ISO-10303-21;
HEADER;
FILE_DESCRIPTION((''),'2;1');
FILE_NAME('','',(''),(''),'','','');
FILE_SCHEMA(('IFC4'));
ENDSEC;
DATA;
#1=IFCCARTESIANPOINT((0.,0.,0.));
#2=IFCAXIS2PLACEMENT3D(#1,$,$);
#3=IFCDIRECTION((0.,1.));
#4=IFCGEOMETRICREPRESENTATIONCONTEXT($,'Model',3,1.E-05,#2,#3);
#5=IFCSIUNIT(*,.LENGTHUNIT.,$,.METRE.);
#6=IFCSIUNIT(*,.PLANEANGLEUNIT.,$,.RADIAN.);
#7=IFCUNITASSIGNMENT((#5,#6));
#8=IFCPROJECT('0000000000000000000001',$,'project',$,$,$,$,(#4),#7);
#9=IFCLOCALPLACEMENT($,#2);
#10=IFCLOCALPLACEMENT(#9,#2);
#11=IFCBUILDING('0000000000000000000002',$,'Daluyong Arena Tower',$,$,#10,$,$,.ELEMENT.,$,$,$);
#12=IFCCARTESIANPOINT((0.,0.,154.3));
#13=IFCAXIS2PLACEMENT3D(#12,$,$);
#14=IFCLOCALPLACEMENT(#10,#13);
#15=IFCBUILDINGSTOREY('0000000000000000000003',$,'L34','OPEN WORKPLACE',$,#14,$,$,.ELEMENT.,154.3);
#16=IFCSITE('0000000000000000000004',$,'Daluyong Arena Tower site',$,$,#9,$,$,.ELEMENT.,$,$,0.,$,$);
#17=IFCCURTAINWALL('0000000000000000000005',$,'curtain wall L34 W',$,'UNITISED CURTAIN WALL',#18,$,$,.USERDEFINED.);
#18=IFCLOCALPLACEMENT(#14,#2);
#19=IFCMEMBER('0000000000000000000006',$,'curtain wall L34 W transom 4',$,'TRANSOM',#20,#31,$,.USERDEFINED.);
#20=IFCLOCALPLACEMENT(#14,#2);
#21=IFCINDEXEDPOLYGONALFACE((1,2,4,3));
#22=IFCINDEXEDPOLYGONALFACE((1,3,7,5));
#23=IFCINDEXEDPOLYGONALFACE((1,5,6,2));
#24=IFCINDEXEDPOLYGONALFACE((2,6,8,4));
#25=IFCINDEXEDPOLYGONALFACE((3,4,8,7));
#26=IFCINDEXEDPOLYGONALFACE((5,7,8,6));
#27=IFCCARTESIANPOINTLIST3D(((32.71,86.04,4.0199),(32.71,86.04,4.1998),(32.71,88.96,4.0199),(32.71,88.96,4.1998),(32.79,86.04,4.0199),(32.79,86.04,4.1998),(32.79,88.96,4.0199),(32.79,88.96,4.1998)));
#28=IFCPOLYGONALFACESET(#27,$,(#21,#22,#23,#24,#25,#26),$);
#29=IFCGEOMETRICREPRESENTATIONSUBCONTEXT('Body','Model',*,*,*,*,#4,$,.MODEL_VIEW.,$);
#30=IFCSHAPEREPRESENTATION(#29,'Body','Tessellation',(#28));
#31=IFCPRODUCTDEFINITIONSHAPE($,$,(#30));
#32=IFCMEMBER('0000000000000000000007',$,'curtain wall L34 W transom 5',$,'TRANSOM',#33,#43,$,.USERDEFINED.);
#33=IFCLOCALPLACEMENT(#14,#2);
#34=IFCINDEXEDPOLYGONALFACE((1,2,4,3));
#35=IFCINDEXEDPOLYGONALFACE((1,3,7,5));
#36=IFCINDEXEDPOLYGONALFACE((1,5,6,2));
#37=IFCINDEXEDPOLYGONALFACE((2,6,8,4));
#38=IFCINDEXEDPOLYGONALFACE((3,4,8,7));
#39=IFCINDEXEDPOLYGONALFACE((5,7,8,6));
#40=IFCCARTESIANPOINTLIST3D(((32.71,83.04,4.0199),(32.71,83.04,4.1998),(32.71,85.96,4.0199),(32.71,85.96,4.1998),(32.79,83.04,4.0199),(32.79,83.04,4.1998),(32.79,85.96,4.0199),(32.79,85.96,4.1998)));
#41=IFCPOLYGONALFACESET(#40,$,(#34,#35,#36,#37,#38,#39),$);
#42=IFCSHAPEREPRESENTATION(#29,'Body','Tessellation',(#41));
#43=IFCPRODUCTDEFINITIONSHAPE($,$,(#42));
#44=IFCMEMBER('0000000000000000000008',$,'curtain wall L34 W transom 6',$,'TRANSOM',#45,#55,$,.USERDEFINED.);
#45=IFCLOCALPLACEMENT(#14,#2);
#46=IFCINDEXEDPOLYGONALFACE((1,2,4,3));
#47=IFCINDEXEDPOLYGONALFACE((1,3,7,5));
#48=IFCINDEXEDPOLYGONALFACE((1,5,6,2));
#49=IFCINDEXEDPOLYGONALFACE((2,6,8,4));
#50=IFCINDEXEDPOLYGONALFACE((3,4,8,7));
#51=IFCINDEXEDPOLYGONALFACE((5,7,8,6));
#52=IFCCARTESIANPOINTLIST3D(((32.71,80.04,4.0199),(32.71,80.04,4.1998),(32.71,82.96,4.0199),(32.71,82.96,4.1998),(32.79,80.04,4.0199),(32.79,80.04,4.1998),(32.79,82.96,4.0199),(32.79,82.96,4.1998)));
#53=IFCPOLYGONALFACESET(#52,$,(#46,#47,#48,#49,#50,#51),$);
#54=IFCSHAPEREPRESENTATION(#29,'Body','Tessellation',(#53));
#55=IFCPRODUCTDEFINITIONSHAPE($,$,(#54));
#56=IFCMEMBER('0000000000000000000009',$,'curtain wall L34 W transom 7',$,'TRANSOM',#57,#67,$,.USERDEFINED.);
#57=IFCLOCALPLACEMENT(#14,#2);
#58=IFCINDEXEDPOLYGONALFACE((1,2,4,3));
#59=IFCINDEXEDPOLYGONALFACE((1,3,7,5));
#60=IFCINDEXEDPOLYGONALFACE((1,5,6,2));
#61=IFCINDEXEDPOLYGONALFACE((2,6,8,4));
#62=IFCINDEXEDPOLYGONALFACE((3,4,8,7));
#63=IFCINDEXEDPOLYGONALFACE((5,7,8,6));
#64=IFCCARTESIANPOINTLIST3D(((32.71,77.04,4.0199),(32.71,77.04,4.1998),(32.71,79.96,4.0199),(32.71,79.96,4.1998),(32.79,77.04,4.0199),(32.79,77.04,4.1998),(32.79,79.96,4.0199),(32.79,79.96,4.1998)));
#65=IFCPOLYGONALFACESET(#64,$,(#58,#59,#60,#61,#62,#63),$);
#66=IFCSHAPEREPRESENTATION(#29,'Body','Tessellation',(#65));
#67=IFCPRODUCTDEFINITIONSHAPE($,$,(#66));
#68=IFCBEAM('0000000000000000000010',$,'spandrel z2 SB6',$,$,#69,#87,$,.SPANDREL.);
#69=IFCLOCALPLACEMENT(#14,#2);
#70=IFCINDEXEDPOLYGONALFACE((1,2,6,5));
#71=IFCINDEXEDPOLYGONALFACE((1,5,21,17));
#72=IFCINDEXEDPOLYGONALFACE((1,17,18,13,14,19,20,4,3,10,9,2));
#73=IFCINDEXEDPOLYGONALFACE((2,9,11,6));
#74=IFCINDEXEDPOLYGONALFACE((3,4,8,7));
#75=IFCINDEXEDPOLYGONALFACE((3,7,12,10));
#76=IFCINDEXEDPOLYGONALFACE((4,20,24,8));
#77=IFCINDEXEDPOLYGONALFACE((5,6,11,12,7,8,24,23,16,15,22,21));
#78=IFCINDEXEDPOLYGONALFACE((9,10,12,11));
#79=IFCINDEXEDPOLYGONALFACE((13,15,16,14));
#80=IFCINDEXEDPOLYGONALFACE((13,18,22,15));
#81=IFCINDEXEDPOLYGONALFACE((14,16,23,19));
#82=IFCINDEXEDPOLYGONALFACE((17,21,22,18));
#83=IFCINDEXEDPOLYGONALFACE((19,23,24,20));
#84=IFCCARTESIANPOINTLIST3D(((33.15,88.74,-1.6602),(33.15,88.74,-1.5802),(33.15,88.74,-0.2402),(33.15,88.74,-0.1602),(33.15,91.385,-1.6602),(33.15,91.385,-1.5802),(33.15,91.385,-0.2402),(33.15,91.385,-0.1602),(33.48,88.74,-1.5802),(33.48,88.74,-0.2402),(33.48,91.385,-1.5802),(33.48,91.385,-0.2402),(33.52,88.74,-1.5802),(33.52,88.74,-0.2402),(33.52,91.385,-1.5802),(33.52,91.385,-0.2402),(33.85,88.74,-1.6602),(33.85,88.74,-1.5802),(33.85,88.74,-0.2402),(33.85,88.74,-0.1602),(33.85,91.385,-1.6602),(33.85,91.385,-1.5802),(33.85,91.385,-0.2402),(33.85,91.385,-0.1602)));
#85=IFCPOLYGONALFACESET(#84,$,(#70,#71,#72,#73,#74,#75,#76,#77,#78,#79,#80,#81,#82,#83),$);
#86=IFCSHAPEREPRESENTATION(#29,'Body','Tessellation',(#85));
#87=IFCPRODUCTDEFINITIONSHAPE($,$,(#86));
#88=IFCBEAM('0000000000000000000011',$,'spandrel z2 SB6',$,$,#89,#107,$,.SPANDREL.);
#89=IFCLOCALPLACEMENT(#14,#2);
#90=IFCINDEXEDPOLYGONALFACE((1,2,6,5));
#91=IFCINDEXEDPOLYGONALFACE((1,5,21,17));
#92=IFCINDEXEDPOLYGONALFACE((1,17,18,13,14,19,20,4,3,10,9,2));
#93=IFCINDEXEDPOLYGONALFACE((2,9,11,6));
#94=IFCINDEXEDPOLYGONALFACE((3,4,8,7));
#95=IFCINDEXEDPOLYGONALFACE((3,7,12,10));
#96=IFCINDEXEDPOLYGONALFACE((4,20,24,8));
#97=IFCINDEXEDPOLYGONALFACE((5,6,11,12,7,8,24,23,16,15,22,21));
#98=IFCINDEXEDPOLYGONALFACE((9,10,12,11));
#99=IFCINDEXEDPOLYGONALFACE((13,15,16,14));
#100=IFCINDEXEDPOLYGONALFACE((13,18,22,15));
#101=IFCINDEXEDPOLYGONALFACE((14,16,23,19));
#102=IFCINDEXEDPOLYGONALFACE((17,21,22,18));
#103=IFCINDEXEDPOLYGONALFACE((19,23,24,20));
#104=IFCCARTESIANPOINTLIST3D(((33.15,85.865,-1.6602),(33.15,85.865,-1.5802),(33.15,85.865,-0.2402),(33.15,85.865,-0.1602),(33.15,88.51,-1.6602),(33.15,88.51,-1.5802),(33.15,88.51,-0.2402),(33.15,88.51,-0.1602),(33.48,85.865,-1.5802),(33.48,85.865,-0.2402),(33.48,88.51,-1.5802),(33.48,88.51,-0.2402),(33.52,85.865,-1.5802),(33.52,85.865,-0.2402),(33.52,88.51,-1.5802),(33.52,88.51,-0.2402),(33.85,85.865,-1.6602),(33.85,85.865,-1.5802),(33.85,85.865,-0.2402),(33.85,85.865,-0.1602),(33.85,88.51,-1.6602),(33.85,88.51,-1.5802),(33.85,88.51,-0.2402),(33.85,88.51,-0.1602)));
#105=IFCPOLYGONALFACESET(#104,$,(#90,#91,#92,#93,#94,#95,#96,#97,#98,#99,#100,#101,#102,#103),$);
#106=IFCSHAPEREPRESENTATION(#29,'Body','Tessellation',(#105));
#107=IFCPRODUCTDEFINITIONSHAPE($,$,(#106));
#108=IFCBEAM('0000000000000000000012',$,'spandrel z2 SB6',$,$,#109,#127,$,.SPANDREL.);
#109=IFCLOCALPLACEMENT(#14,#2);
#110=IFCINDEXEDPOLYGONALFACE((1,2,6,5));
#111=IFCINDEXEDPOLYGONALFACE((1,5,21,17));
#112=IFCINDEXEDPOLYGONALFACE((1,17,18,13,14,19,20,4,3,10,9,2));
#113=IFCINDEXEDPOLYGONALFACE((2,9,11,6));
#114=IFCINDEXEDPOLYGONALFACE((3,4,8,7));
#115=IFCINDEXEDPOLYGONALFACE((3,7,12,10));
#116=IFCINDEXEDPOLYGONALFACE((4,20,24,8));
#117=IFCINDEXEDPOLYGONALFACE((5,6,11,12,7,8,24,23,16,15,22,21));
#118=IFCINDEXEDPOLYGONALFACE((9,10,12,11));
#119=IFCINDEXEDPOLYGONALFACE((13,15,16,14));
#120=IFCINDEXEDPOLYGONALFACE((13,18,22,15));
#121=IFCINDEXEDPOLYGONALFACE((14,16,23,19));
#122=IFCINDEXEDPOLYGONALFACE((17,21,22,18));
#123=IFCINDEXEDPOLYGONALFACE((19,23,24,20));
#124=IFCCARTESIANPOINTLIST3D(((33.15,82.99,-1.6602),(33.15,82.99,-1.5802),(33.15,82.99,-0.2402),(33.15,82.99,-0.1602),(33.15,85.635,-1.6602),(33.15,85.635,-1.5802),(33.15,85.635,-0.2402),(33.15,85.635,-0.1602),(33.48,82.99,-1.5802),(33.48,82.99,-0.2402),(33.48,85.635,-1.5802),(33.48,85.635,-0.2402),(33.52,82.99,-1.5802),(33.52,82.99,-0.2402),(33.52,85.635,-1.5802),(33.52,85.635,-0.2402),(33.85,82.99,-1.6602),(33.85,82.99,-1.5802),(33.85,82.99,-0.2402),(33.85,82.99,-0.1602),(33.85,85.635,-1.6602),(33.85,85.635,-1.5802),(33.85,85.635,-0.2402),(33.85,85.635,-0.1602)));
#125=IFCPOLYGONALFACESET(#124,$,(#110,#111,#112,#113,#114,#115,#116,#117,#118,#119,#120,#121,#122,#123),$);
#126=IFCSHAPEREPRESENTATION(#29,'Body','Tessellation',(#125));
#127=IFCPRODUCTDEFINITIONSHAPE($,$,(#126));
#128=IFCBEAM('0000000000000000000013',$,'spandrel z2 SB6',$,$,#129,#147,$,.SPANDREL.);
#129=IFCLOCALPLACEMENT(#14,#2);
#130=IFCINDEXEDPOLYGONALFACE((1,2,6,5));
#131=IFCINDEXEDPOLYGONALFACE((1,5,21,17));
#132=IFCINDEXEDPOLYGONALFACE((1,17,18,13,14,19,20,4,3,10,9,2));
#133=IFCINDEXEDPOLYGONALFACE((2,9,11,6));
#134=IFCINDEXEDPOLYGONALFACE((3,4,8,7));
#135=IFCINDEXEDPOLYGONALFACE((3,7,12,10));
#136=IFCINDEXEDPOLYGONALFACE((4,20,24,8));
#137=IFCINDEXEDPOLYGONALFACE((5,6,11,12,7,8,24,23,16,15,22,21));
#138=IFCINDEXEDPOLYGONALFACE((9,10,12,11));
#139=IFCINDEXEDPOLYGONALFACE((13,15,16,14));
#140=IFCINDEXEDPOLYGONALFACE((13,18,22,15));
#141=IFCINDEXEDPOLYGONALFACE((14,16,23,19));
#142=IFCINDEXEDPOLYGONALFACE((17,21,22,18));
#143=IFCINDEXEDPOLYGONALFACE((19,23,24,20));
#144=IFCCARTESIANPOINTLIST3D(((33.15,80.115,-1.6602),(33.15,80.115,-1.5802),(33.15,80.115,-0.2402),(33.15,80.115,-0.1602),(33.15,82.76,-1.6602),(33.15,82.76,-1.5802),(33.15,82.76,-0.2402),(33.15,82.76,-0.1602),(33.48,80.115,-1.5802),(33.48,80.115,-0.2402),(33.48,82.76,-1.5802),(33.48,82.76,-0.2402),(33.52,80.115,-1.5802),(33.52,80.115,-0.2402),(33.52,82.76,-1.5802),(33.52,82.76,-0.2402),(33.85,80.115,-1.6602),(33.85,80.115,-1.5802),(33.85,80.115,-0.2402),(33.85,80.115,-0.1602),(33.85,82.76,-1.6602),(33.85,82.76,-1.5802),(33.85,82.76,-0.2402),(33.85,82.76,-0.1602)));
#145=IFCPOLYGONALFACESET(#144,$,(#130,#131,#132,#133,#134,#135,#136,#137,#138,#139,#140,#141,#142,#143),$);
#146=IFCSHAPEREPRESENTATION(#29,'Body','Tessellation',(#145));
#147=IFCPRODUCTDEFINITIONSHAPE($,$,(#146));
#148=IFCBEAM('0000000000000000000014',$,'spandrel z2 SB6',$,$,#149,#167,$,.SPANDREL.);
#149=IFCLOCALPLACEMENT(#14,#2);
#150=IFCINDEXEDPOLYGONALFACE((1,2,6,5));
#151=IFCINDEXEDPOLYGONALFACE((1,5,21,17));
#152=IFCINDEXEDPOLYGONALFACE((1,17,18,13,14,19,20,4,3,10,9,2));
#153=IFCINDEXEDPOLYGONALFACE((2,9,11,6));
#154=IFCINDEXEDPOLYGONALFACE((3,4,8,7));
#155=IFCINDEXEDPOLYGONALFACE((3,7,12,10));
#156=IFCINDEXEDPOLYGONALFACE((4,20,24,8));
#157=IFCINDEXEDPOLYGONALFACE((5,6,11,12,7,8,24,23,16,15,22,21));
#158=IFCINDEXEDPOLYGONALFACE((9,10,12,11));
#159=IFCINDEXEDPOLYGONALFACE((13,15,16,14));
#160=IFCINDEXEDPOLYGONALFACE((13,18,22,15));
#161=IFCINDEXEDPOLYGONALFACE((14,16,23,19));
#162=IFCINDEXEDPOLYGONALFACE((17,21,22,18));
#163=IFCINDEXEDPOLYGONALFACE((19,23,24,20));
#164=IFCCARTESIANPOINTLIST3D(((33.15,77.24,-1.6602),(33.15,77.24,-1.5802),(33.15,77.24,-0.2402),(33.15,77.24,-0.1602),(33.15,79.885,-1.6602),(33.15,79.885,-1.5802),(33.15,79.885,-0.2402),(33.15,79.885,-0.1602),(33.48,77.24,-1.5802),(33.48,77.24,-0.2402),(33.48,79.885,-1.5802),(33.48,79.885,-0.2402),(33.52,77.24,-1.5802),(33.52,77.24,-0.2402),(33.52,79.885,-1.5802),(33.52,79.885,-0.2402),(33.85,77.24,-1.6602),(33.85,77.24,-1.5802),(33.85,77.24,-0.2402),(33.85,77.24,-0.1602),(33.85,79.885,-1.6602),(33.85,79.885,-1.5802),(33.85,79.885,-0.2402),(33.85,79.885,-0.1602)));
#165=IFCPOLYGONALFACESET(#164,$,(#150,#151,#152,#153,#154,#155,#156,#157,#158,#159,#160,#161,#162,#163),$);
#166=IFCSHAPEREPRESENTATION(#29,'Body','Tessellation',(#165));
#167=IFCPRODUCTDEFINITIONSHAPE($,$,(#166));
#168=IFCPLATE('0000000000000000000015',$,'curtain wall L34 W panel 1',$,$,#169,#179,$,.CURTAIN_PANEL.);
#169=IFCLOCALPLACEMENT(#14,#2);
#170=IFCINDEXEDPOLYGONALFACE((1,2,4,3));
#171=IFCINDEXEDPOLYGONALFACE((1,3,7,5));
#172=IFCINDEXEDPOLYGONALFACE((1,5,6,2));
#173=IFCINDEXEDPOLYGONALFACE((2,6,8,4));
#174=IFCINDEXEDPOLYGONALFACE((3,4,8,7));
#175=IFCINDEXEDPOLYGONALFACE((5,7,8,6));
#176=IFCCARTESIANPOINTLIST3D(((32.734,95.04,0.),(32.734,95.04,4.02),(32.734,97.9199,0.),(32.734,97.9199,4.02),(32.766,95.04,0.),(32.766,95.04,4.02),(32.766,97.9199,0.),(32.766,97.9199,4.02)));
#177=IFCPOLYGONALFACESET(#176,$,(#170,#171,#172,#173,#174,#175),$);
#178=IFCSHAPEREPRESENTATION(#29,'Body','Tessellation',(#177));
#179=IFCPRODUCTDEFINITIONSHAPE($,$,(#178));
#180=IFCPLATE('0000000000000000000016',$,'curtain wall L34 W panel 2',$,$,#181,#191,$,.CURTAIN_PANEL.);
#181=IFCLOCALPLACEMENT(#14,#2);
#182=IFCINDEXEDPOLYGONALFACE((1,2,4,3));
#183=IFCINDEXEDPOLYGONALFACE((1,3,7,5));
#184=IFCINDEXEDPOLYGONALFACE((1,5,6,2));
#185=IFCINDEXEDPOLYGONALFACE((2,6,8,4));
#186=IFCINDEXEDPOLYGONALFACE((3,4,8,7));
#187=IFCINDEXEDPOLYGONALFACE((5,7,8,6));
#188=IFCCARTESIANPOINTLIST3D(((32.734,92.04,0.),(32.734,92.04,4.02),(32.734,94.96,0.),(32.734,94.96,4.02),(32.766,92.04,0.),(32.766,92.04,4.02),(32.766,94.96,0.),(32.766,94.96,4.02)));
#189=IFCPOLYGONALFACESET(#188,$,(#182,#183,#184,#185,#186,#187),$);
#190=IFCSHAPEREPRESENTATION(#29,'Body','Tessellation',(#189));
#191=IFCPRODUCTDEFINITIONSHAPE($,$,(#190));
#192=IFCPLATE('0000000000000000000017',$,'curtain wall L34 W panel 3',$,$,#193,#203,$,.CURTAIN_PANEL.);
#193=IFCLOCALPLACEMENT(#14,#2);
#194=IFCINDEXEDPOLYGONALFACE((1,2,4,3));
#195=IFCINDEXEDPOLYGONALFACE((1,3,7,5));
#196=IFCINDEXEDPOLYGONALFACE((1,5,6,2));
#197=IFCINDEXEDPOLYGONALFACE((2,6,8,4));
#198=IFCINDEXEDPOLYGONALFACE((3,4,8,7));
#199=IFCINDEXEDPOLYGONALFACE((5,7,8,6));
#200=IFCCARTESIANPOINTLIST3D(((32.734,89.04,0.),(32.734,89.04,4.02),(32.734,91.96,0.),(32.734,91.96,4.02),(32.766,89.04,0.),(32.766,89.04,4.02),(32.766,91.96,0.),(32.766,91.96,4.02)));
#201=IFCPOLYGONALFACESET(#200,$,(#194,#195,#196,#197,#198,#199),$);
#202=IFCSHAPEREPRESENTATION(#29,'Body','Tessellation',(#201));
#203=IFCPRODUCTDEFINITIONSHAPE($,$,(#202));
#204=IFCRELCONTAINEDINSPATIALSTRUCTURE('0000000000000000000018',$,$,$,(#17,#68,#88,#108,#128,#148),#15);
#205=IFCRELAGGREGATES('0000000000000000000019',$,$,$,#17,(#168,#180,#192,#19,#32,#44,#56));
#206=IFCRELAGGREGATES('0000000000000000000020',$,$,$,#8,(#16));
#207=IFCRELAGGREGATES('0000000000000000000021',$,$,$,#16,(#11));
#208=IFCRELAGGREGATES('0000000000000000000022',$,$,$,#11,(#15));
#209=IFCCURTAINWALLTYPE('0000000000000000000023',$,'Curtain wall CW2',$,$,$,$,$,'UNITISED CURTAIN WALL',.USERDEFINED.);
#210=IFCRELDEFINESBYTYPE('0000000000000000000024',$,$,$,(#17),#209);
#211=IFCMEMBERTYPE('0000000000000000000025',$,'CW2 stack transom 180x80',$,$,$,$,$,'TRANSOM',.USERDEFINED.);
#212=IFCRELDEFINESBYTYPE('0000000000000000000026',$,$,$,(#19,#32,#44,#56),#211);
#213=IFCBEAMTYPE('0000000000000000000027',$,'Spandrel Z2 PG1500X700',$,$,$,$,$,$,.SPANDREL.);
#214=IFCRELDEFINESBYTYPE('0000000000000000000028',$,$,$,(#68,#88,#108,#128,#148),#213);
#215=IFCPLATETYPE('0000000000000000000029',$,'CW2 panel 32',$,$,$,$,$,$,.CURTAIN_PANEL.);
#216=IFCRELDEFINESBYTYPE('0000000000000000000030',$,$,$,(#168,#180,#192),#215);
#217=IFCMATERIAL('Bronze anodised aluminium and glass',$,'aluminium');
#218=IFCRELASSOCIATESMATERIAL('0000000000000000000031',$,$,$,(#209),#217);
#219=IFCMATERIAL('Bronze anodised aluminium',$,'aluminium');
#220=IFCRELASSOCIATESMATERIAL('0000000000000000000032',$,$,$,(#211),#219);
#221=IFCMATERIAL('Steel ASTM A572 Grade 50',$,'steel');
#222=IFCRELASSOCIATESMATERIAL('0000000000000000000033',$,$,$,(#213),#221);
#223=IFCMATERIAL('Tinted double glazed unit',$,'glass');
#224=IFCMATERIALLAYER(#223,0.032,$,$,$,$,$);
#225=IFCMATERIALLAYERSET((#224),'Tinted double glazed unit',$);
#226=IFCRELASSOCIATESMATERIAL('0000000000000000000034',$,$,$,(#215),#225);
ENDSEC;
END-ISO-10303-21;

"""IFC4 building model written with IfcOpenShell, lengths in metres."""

from ifc_helpers import new_model, si_unit, direction, frame, origin, origin_2d, place, context, subcontext, project, spatial, rectangle, i_section, extrude, material, layer, layer_set, material_profile, profile_set, type_object, element, aggregate, save


model = new_model("IFC4")

# Units and contexts
model_context = context("Model", 3, precision=1e-05, world=origin(), true_north=direction((0.0, 1.0)))
body_context = subcontext(model_context, "Body", "Model", "MODEL_VIEW")
ifc_project = project(units=[si_unit("LENGTHUNIT", "METRE"), si_unit("PLANEANGLEUNIT", "RADIAN")], contexts=[model_context])

# Site, building, storey
site_placement = place(None, origin())
site = spatial("IfcSite", under=ifc_project, at=site_placement, Name="Daluyong Arena Tower site", CompositionType="ELEMENT", RefElevation=0.0)
building_placement = place(site_placement, origin())
building = spatial("IfcBuilding", under=site, at=building_placement, Name="Daluyong Arena Tower", CompositionType="ELEMENT")
storey_placement = place(building_placement, frame((0.0, 0.0, 154.3)))
storey = spatial("IfcBuildingStorey", under=building, at=storey_placement, Name="L34", Description="OPEN WORKPLACE", CompositionType="ELEMENT", Elevation=154.3)

# Curtain wall, members
ifc_material_1 = material(Name="Bronze anodised aluminium and glass", Category="aluminium")
curtain_wall_type = type_object("IfcCurtainWallType", Name="Curtain wall CW2", ElementType="UNITISED CURTAIN WALL", PredefinedType="USERDEFINED", material=ifc_material_1)
curtain_wall_placement = place(storey_placement, origin())
curtain_wall = element("IfcCurtainWall", 1, at=curtain_wall_placement, inside=storey, type_object=curtain_wall_type, Name="curtain wall L34 W", ObjectType="UNITISED CURTAIN WALL", PredefinedType="USERDEFINED")
ifc_material_2 = material(Name="Bronze anodised aluminium", Category="aluminium")
ifc_material_profile_1 = material_profile(ifc_material_2, rectangle(XDim=0.0801, YDim=0.1799, at=origin_2d()))
ifc_profile_set_1 = profile_set([ifc_material_profile_1], Name="Bronze anodised aluminium")
member_type_1 = type_object("IfcMemberType", Name="CW2 stack transom 180x80", ElementType="TRANSOM", PredefinedType="USERDEFINED", material=ifc_profile_set_1)
member_1_placement = place(storey_placement, frame((32.75, 88.96, 4.1099), z_axis=(0.0, -1.0, 0.0), x_axis=(1.0, 0.0, 0.0)))
member_1 = element("IfcMember", 2, at=member_1_placement, type_object=member_type_1, Name="curtain wall L34 W transom 4", ObjectType="TRANSOM", PredefinedType="USERDEFINED", context=body_context, shape_type="SweptSolid", body=[
    extrude(rectangle(XDim=0.0801, YDim=0.1799, at=origin_2d()), origin(), (0.0, 0.0, 1.0), 2.9199),
])
member_2_placement = place(storey_placement, frame((32.75, 85.96, 4.1099), z_axis=(0.0, -1.0, 0.0), x_axis=(1.0, 0.0, 0.0)))
member_2 = element("IfcMember", 3, at=member_2_placement, type_object=member_type_1, Name="curtain wall L34 W transom 5", ObjectType="TRANSOM", PredefinedType="USERDEFINED", context=body_context, shape_type="SweptSolid", body=[
    extrude(rectangle(XDim=0.0801, YDim=0.1799, at=origin_2d()), origin(), (0.0, 0.0, 1.0), 2.9199),
])
member_3_placement = place(storey_placement, frame((32.75, 82.96, 4.1099), z_axis=(0.0, -1.0, 0.0), x_axis=(1.0, 0.0, 0.0)))
member_3 = element("IfcMember", 4, at=member_3_placement, type_object=member_type_1, Name="curtain wall L34 W transom 6", ObjectType="TRANSOM", PredefinedType="USERDEFINED", context=body_context, shape_type="SweptSolid", body=[
    extrude(rectangle(XDim=0.0801, YDim=0.1799, at=origin_2d()), origin(), (0.0, 0.0, 1.0), 2.9199),
])
member_4_placement = place(storey_placement, frame((32.75, 79.96, 4.1099), z_axis=(0.0, -1.0, 0.0), x_axis=(1.0, 0.0, 0.0)))
member_4 = element("IfcMember", 5, at=member_4_placement, type_object=member_type_1, Name="curtain wall L34 W transom 7", ObjectType="TRANSOM", PredefinedType="USERDEFINED", context=body_context, shape_type="SweptSolid", body=[
    extrude(rectangle(XDim=0.0801, YDim=0.1799, at=origin_2d()), origin(), (0.0, 0.0, 1.0), 2.9199),
])

# Beams
ifc_material_3 = material(Name="Steel ASTM A572 Grade 50", Category="steel")
ifc_material_profile_2 = material_profile(ifc_material_3, i_section(OverallWidth=0.7, OverallDepth=1.5, WebThickness=0.04, FlangeThickness=0.08, at=origin_2d()))
ifc_profile_set_2 = profile_set([ifc_material_profile_2], Name="Steel ASTM A572 Grade 50")
beam_type = type_object("IfcBeamType", Name="Spandrel Z2 PG1500X700", PredefinedType="SPANDREL", material=ifc_profile_set_2)
for number, where, z_axis, x_axis, name in (
    (6, (33.5, 91.385, -0.9102), (0.0, -1.0, 0.0), (1.0, 0.0, 0.0), "spandrel z2 SB6"),
    (7, (33.5, 88.51, -0.9102), (0.0, -1.0, 0.0), (1.0, 0.0, 0.0), "spandrel z2 SB6"),
    (8, (33.5, 85.635, -0.9102), (0.0, -1.0, 0.0), (1.0, 0.0, 0.0), "spandrel z2 SB6"),
    (9, (33.5, 82.76, -0.9102), (0.0, -1.0, 0.0), (1.0, 0.0, 0.0), "spandrel z2 SB6"),
    (10, (33.5, 79.885, -0.9102), (0.0, -1.0, 0.0), (1.0, 0.0, 0.0), "spandrel z2 SB6"),
):
    element("IfcBeam", number, at=place(storey_placement, frame(where, z_axis=z_axis, x_axis=x_axis)), inside=storey, type_object=beam_type, Name=name, PredefinedType="SPANDREL", context=body_context, shape_type="SweptSolid", body=[
        extrude(i_section(OverallWidth=0.7, OverallDepth=1.5, WebThickness=0.04, FlangeThickness=0.08, at=origin_2d()), origin(), (0.0, 0.0, 1.0), 2.645),
    ])

# Plates
ifc_material_4 = material(Name="Tinted double glazed unit", Category="glass")
ifc_layer = layer(ifc_material_4, 0.032)
ifc_layer_set = layer_set([ifc_layer], Name="Tinted double glazed unit")
plate_type = type_object("IfcPlateType", Name="CW2 panel 32", PredefinedType="CURTAIN_PANEL", material=ifc_layer_set)
plate_1_placement = place(storey_placement, frame((32.75, 96.48, 0.0), z_axis=(0.0, 0.0, 1.0), x_axis=(0.0, -1.0, 0.0)))
plate_1 = element("IfcPlate", 11, at=plate_1_placement, type_object=plate_type, Name="curtain wall L34 W panel 1", PredefinedType="CURTAIN_PANEL", context=body_context, shape_type="SweptSolid", body=[
    extrude(rectangle(XDim=2.8799, YDim=0.032, at=origin_2d()), origin(), (0.0, 0.0, 1.0), 4.02),
])
plate_2_placement = place(storey_placement, frame((32.75, 93.5, 0.0), z_axis=(0.0, 0.0, 1.0), x_axis=(0.0, -1.0, 0.0)))
plate_2 = element("IfcPlate", 12, at=plate_2_placement, type_object=plate_type, Name="curtain wall L34 W panel 2", PredefinedType="CURTAIN_PANEL", context=body_context, shape_type="SweptSolid", body=[
    extrude(rectangle(XDim=2.9199, YDim=0.032, at=origin_2d()), origin(), (0.0, 0.0, 1.0), 4.02),
])
plate_3_placement = place(storey_placement, frame((32.75, 90.5, 0.0), z_axis=(0.0, 0.0, 1.0), x_axis=(0.0, -1.0, 0.0)))
plate_3 = element("IfcPlate", 13, at=plate_3_placement, type_object=plate_type, Name="curtain wall L34 W panel 3", PredefinedType="CURTAIN_PANEL", context=body_context, shape_type="SweptSolid", body=[
    extrude(rectangle(XDim=2.9199, YDim=0.032, at=origin_2d()), origin(), (0.0, 0.0, 1.0), 4.02),
])
aggregate(curtain_wall, [plate_1, plate_2, plate_3, member_1, member_2, member_3, member_4])

save(model, "model.ifc")
